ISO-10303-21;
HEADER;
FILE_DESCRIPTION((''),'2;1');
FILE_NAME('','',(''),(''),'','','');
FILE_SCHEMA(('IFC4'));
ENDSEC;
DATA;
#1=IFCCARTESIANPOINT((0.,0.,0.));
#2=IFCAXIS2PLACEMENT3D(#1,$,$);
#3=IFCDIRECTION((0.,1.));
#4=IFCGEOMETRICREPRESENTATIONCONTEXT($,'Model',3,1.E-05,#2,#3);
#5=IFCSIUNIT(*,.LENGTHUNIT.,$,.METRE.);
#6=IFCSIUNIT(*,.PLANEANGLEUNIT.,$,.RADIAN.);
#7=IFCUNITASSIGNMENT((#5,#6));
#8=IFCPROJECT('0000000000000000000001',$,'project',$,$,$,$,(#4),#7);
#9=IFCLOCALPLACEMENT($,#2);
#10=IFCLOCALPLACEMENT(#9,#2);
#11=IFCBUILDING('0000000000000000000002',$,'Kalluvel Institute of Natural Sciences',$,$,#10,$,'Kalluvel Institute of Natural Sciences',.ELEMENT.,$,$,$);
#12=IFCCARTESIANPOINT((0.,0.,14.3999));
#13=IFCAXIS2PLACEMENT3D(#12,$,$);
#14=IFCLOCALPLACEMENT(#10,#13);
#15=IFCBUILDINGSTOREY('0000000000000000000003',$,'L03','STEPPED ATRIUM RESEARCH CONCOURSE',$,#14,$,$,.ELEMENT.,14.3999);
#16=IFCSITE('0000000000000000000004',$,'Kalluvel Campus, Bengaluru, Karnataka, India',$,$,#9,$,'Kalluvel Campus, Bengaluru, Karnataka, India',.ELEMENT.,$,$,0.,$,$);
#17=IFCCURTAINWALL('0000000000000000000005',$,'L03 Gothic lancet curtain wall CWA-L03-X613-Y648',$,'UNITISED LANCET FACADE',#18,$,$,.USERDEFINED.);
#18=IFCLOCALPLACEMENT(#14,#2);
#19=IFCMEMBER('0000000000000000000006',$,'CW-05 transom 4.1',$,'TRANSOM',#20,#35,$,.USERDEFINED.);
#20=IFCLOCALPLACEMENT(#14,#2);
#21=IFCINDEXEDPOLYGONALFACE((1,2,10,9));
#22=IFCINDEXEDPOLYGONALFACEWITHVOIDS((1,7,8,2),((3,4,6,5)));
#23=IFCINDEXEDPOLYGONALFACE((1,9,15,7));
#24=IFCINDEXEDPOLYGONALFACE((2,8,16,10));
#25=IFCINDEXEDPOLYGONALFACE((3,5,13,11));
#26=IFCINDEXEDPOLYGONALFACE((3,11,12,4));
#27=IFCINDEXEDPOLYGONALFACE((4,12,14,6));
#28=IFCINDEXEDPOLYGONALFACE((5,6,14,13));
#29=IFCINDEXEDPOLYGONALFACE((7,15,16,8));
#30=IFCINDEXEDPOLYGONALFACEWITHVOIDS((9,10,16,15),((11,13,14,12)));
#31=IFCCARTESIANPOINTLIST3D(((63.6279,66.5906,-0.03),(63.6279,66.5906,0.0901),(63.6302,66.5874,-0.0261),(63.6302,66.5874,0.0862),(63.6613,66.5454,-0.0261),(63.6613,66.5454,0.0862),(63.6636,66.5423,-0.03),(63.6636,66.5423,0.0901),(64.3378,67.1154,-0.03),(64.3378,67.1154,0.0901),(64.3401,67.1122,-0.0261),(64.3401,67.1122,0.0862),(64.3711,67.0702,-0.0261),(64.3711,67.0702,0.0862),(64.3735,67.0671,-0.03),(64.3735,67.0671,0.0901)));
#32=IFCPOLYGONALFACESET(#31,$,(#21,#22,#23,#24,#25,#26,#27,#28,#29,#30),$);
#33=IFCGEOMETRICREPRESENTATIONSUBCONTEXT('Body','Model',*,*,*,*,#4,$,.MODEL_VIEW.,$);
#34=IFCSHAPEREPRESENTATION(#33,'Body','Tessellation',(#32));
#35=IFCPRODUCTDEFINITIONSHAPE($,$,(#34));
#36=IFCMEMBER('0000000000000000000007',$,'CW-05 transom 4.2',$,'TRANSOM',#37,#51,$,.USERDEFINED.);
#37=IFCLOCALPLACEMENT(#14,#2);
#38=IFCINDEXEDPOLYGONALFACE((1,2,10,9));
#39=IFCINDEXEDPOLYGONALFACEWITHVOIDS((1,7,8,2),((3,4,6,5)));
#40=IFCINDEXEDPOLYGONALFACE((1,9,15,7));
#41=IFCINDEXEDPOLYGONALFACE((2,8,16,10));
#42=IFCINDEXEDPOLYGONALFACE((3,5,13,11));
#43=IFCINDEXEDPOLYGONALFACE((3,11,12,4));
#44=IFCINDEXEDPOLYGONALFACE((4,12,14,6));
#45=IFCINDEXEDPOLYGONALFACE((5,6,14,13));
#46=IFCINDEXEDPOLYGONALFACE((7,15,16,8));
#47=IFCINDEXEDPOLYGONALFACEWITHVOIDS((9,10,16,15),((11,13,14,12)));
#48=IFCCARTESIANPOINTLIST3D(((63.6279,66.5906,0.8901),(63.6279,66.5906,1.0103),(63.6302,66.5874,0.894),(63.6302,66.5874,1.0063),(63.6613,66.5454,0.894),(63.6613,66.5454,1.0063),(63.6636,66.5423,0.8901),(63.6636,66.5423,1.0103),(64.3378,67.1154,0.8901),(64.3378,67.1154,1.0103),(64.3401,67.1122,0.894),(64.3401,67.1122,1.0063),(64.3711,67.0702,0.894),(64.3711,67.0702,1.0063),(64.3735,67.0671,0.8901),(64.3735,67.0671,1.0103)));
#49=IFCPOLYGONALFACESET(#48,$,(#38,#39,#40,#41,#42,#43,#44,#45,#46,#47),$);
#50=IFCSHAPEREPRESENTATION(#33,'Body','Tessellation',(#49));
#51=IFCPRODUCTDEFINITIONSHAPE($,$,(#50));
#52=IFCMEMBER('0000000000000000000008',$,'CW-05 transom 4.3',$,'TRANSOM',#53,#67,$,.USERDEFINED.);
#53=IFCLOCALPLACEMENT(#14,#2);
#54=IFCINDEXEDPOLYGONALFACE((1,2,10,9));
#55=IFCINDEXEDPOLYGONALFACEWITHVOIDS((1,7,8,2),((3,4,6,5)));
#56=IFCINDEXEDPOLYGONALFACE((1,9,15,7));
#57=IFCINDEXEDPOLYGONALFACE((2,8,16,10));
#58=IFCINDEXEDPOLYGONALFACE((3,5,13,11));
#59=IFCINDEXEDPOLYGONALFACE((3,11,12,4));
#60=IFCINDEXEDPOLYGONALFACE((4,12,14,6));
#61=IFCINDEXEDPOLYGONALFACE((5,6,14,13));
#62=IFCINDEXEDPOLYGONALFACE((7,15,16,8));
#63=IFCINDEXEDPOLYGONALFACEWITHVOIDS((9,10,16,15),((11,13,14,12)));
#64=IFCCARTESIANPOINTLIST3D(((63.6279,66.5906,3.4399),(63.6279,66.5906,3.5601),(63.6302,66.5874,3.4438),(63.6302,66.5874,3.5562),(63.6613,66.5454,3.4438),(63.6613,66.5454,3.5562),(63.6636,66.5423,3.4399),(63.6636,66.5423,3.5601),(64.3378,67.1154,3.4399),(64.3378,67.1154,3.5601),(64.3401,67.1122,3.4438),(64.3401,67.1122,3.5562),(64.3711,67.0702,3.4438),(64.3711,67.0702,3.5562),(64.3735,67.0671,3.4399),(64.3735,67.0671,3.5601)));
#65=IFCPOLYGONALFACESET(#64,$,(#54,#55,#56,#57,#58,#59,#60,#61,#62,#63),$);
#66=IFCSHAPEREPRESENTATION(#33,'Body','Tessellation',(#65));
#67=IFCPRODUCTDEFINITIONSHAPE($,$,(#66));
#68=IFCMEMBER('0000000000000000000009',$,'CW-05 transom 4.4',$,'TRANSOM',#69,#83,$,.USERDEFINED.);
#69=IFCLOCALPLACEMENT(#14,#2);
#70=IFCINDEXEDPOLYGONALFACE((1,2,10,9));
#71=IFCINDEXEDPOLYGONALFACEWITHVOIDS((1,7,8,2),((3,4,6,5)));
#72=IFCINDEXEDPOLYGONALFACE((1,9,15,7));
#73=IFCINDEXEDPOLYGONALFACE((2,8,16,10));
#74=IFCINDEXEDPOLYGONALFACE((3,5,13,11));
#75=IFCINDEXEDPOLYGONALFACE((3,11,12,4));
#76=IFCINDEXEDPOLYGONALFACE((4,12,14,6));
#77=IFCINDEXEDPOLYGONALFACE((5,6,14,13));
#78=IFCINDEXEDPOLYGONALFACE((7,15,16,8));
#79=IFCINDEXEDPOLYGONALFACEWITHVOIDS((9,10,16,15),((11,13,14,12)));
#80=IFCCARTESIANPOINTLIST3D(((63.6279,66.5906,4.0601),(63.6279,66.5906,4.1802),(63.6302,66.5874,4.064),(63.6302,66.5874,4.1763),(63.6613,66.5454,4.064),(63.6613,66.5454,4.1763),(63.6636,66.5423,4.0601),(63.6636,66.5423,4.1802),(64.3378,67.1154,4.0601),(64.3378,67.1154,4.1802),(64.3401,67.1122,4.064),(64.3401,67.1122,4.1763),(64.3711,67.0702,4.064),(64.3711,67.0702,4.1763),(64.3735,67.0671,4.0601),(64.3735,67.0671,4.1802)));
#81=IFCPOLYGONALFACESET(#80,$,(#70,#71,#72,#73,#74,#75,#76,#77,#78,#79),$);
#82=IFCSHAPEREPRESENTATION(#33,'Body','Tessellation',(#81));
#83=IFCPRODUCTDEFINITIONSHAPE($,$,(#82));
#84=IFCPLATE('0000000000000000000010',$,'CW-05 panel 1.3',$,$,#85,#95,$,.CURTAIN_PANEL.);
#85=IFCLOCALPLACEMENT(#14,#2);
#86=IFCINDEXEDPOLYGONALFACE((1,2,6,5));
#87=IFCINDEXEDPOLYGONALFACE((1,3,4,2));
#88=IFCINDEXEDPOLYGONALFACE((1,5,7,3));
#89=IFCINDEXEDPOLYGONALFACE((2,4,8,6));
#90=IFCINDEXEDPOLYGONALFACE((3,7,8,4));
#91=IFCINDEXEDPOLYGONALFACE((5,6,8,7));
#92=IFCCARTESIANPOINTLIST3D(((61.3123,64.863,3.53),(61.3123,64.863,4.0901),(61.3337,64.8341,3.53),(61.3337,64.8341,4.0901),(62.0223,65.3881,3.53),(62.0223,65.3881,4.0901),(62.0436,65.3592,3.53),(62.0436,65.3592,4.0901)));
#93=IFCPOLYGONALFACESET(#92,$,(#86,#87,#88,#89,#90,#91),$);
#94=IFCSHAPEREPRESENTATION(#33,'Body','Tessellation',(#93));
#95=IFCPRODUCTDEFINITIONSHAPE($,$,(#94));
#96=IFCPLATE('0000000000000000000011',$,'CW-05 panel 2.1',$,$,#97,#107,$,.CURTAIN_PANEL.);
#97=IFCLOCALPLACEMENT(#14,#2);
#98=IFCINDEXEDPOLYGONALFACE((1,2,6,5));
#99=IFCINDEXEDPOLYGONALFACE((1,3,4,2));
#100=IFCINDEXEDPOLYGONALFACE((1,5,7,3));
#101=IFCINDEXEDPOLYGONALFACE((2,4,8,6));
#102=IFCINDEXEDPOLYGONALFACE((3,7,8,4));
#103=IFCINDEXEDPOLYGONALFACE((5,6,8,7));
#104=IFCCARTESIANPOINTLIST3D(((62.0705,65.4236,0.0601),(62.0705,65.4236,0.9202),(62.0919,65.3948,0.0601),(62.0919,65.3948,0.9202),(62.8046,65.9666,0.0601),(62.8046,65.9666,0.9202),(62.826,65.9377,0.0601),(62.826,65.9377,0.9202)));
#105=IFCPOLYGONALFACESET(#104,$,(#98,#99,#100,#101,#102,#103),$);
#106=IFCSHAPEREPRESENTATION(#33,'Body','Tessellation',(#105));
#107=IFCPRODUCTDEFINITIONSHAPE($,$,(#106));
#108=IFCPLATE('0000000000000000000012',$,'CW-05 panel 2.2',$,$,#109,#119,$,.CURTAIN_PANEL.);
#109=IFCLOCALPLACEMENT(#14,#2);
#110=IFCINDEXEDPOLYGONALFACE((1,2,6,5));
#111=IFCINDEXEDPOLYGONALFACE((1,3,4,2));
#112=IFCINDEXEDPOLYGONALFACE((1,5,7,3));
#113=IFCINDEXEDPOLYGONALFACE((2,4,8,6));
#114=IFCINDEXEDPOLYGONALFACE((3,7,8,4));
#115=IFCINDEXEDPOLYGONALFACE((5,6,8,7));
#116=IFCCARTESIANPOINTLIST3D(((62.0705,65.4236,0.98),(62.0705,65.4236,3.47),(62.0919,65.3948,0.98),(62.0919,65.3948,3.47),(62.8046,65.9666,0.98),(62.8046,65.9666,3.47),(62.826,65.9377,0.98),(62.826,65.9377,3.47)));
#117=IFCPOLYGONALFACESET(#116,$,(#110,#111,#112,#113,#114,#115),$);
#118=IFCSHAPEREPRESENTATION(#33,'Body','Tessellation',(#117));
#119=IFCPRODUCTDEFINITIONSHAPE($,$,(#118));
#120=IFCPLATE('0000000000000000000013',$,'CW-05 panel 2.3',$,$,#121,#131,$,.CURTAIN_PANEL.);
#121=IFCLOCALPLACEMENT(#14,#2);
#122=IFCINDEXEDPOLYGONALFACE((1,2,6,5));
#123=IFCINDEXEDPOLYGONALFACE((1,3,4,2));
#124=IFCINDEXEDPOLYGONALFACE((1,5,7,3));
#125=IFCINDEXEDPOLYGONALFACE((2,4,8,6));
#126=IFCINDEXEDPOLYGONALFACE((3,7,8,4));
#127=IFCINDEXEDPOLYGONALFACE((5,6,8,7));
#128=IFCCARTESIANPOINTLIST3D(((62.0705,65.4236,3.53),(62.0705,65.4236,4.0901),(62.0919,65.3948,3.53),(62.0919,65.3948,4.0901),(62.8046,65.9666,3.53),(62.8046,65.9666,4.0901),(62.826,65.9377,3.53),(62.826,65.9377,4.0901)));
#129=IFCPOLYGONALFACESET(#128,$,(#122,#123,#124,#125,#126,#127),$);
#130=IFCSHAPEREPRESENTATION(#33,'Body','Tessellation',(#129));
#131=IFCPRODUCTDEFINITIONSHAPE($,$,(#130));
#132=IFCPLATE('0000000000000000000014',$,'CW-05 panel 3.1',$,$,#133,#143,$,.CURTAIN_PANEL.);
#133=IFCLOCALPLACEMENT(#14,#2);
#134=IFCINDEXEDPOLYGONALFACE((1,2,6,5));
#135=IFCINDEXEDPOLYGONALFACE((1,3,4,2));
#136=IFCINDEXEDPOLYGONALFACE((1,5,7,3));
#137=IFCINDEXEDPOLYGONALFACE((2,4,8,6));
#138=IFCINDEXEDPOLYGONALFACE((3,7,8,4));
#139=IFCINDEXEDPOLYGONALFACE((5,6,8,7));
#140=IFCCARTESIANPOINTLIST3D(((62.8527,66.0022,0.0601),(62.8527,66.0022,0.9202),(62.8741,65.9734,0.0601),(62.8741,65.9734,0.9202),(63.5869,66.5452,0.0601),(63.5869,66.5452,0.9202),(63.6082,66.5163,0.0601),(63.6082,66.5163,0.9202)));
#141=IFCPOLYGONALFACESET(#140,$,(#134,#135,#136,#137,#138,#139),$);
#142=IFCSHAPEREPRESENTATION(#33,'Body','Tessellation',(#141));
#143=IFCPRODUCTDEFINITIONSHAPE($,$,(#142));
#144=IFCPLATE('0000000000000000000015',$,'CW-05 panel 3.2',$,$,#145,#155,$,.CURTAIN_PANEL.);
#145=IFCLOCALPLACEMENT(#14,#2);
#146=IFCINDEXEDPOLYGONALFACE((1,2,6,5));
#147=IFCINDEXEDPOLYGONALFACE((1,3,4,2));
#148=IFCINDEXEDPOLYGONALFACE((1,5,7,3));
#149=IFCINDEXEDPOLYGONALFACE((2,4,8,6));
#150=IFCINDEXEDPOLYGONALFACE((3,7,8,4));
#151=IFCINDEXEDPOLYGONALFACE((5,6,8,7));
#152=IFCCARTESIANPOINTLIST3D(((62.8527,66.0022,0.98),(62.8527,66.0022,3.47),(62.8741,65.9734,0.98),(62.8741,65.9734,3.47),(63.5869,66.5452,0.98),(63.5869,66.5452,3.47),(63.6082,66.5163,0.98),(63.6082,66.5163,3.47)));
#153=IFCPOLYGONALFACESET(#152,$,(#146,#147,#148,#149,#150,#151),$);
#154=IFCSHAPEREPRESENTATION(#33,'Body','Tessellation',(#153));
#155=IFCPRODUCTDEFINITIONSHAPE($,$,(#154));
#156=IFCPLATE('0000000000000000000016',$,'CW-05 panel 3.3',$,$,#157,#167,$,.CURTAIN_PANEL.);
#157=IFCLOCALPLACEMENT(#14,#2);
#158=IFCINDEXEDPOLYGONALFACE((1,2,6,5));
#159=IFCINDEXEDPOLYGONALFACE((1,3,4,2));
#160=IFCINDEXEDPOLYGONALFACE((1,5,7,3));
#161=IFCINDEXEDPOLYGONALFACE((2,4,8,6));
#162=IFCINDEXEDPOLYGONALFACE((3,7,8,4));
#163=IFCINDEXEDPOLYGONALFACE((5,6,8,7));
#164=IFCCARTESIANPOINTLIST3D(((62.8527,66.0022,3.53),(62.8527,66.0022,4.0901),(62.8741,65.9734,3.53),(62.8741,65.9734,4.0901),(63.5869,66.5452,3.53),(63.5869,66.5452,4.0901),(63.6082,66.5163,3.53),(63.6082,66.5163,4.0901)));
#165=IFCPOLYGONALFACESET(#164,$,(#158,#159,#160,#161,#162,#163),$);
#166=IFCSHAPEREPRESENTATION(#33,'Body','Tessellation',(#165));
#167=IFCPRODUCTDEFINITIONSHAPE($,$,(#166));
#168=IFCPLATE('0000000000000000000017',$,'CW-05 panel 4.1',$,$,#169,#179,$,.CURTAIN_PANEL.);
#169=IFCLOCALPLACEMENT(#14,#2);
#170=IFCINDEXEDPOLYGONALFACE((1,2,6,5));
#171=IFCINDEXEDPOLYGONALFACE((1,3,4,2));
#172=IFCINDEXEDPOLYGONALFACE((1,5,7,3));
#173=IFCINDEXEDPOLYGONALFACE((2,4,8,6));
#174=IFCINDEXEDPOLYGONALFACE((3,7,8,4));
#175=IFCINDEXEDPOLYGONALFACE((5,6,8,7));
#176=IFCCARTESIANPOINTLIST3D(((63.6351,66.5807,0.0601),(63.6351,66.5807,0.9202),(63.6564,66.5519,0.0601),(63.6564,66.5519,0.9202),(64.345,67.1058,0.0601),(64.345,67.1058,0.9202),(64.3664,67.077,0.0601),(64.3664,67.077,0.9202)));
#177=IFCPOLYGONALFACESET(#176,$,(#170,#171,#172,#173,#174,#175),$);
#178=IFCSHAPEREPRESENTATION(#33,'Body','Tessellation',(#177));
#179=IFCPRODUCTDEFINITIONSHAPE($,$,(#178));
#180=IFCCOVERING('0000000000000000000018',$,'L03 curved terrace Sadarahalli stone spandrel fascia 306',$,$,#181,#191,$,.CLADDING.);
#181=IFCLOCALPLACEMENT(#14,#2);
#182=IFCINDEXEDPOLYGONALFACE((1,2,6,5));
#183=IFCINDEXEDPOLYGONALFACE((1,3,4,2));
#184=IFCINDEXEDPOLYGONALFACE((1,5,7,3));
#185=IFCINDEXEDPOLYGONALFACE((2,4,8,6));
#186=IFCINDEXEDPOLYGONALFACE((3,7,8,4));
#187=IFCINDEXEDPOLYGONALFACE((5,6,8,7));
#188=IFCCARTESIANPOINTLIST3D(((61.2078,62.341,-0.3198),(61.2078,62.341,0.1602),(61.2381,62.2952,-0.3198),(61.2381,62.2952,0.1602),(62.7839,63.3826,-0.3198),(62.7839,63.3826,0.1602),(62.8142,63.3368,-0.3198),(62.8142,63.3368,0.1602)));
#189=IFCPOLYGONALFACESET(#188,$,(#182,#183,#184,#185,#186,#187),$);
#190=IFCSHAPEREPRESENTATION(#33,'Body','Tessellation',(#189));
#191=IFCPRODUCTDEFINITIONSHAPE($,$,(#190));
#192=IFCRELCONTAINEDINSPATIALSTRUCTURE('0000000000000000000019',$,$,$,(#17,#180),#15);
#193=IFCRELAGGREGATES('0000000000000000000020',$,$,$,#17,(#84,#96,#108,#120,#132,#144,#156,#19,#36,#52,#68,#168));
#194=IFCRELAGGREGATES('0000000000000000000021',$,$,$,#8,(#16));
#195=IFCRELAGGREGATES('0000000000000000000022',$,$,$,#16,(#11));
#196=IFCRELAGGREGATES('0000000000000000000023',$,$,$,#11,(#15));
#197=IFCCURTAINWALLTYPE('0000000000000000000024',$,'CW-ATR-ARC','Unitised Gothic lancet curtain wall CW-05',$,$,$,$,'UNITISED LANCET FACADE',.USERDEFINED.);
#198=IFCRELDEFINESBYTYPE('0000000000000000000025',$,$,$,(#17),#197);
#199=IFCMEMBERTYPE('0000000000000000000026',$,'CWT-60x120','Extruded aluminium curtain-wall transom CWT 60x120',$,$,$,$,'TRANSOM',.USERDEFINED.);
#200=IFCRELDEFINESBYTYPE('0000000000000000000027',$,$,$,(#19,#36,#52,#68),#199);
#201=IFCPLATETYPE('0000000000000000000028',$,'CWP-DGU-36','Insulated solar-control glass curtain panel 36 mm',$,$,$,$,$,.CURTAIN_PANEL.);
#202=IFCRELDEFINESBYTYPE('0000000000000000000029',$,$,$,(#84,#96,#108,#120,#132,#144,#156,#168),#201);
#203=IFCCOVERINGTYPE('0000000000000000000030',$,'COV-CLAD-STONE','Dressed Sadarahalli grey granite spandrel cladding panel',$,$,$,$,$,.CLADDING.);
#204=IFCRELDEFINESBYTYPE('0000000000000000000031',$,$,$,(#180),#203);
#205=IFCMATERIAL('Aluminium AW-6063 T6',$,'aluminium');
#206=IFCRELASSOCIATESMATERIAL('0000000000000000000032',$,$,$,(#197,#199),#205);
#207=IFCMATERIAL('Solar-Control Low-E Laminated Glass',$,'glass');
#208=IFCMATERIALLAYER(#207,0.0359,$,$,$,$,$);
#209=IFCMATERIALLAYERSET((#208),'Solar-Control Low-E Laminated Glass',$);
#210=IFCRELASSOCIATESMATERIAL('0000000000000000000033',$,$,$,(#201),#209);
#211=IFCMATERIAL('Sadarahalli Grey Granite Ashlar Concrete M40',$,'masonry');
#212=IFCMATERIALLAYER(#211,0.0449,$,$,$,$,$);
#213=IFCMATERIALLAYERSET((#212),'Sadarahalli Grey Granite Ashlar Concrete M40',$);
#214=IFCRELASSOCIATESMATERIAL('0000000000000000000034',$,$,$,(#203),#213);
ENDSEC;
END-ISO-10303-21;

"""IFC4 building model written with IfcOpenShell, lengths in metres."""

from ifc_helpers import new_model, si_unit, direction, frame, origin, origin_2d, place, context, subcontext, project, spatial, rectangle, hollow_rectangle, extrude, material, layer, layer_set, material_profile, profile_set, type_object, element, aggregate, save


model = new_model("IFC4")

# Units and contexts
model_context = context("Model", 3, precision=1e-05, world=origin(), true_north=direction((0.0, 1.0)))
body_context = subcontext(model_context, "Body", "Model", "MODEL_VIEW")
ifc_project = project(units=[si_unit("LENGTHUNIT", "METRE"), si_unit("PLANEANGLEUNIT", "RADIAN")], contexts=[model_context])

# Site, building, storey
site_placement = place(None, origin())
site = spatial("IfcSite", under=ifc_project, at=site_placement, Name="Kalluvel Campus, Bengaluru, Karnataka, India", LongName="Kalluvel Campus, Bengaluru, Karnataka, India", CompositionType="ELEMENT", RefElevation=0.0)
building_placement = place(site_placement, origin())
building = spatial("IfcBuilding", under=site, at=building_placement, Name="Kalluvel Institute of Natural Sciences", LongName="Kalluvel Institute of Natural Sciences", CompositionType="ELEMENT")
storey_placement = place(building_placement, frame((0.0, 0.0, 14.3999)))
storey = spatial("IfcBuildingStorey", under=building, at=storey_placement, Name="L03", Description="STEPPED ATRIUM RESEARCH CONCOURSE", CompositionType="ELEMENT", Elevation=14.3999)

# Curtain wall, members, plates
ifc_material_1 = material(Name="Aluminium AW-6063 T6", Category="aluminium")
curtain_wall_type = type_object("IfcCurtainWallType", Name="CW-ATR-ARC", Description="Unitised Gothic lancet curtain wall CW-05", ElementType="UNITISED LANCET FACADE", PredefinedType="USERDEFINED", material=ifc_material_1)
curtain_wall_placement = place(storey_placement, origin())
curtain_wall = element("IfcCurtainWall", 1, at=curtain_wall_placement, inside=storey, type_object=curtain_wall_type, Name="L03 Gothic lancet curtain wall CWA-L03-X613-Y648", ObjectType="UNITISED LANCET FACADE", PredefinedType="USERDEFINED")
ifc_material_profile_1 = material_profile(ifc_material_1, hollow_rectangle(XDim=0.0601, YDim=0.1201, WallThickness=0.0039, at=origin_2d()), Name="CWT 60x120")
ifc_profile_set_1 = profile_set([ifc_material_profile_1], Name="Aluminium AW-6063 T6")
member_type_1 = type_object("IfcMemberType", Name="CWT-60x120", Description="Extruded aluminium curtain-wall transom CWT 60x120", ElementType="TRANSOM", PredefinedType="USERDEFINED", material=ifc_profile_set_1)
member_1_placement = place(storey_placement, frame((63.6458, 66.5664, 0.03), z_axis=(0.804096, 0.5945, 0.0), x_axis=(-0.5945, 0.804096, 0.0)))
member_1 = element("IfcMember", 2, at=member_1_placement, type_object=member_type_1, Name="CW-05 transom 4.1", ObjectType="TRANSOM", PredefinedType="USERDEFINED", context=body_context, shape_type="SweptSolid", body=[
    extrude(hollow_rectangle(XDim=0.0601, YDim=0.1201, WallThickness=0.0039, at=origin_2d()), origin(), (0.0, 0.0, 1.0), 0.8828),
])
member_2_placement = place(storey_placement, frame((63.6458, 66.5664, 0.9502), z_axis=(0.804096, 0.5945, 0.0), x_axis=(-0.5945, 0.804096, 0.0)))
member_2 = element("IfcMember", 3, at=member_2_placement, type_object=member_type_1, Name="CW-05 transom 4.2", ObjectType="TRANSOM", PredefinedType="USERDEFINED", context=body_context, shape_type="SweptSolid", body=[
    extrude(hollow_rectangle(XDim=0.0601, YDim=0.1201, WallThickness=0.0039, at=origin_2d()), origin(), (0.0, 0.0, 1.0), 0.8828),
])
member_3_placement = place(storey_placement, frame((63.6458, 66.5664, 3.5), z_axis=(0.804096, 0.5945, 0.0), x_axis=(-0.5945, 0.804096, 0.0)))
member_3 = element("IfcMember", 4, at=member_3_placement, type_object=member_type_1, Name="CW-05 transom 4.3", ObjectType="TRANSOM", PredefinedType="USERDEFINED", context=body_context, shape_type="SweptSolid", body=[
    extrude(hollow_rectangle(XDim=0.0601, YDim=0.1201, WallThickness=0.0039, at=origin_2d()), origin(), (0.0, 0.0, 1.0), 0.8828),
])
member_4_placement = place(storey_placement, frame((63.6458, 66.5664, 4.1201), z_axis=(0.804096, 0.5945, 0.0), x_axis=(-0.5945, 0.804096, 0.0)))
member_4 = element("IfcMember", 5, at=member_4_placement, type_object=member_type_1, Name="CW-05 transom 4.4", ObjectType="TRANSOM", PredefinedType="USERDEFINED", context=body_context, shape_type="SweptSolid", body=[
    extrude(hollow_rectangle(XDim=0.0601, YDim=0.1201, WallThickness=0.0039, at=origin_2d()), origin(), (0.0, 0.0, 1.0), 0.8828),
])
ifc_material_2 = material(Name="Solar-Control Low-E Laminated Glass", Category="glass")
ifc_layer_1 = layer(ifc_material_2, 0.0359)
ifc_layer_set_1 = layer_set([ifc_layer_1], Name="Solar-Control Low-E Laminated Glass")
plate_type = type_object("IfcPlateType", Name="CWP-DGU-36", Description="Insulated solar-control glass curtain panel 36 mm", PredefinedType="CURTAIN_PANEL", material=ifc_layer_set_1)
plate_1_placement = place(storey_placement, frame((61.678, 65.1111, 3.53), z_axis=(0.0, 0.0, 1.0), x_axis=(0.803993, 0.594638, 0.0)))
plate_1 = element("IfcPlate", 6, at=plate_1_placement, type_object=plate_type, Name="CW-05 panel 1.3", PredefinedType="CURTAIN_PANEL", context=body_context, shape_type="SweptSolid", body=[
    extrude(rectangle(XDim=0.8831, YDim=0.0359, at=origin_2d()), origin(), (0.0, 0.0, 1.0), 0.5601),
])
plate_2_placement = place(storey_placement, frame((62.4482, 65.6807, 0.0601), z_axis=(0.0, 0.0, 1.0), x_axis=(0.803993, 0.594638, 0.0)))
plate_2 = element("IfcPlate", 7, at=plate_2_placement, type_object=plate_type, Name="CW-05 panel 2.1", PredefinedType="CURTAIN_PANEL", context=body_context, shape_type="SweptSolid", body=[
    extrude(rectangle(XDim=0.9131, YDim=0.0359, at=origin_2d()), origin(), (0.0, 0.0, 1.0), 0.8601),
])
plate_3_placement = place(storey_placement, frame((62.4482, 65.6807, 0.98), z_axis=(0.0, 0.0, 1.0), x_axis=(0.803993, 0.594638, 0.0)))
plate_3 = element("IfcPlate", 8, at=plate_3_placement, type_object=plate_type, Name="CW-05 panel 2.2", PredefinedType="CURTAIN_PANEL", context=body_context, shape_type="SweptSolid", body=[
    extrude(rectangle(XDim=0.9131, YDim=0.0359, at=origin_2d()), origin(), (0.0, 0.0, 1.0), 2.49),
])
plate_4_placement = place(storey_placement, frame((62.4482, 65.6807, 3.53), z_axis=(0.0, 0.0, 1.0), x_axis=(0.803993, 0.594638, 0.0)))
plate_4 = element("IfcPlate", 9, at=plate_4_placement, type_object=plate_type, Name="CW-05 panel 2.3", PredefinedType="CURTAIN_PANEL", context=body_context, shape_type="SweptSolid", body=[
    extrude(rectangle(XDim=0.9131, YDim=0.0359, at=origin_2d()), origin(), (0.0, 0.0, 1.0), 0.5601),
])
plate_5_placement = place(storey_placement, frame((63.2305, 66.2593, 0.0601), z_axis=(0.0, 0.0, 1.0), x_axis=(0.803993, 0.594638, 0.0)))
plate_5 = element("IfcPlate", 10, at=plate_5_placement, type_object=plate_type, Name="CW-05 panel 3.1", PredefinedType="CURTAIN_PANEL", context=body_context, shape_type="SweptSolid", body=[
    extrude(rectangle(XDim=0.9131, YDim=0.0359, at=origin_2d()), origin(), (0.0, 0.0, 1.0), 0.8601),
])
plate_6_placement = place(storey_placement, frame((63.2305, 66.2593, 0.98), z_axis=(0.0, 0.0, 1.0), x_axis=(0.803993, 0.594638, 0.0)))
plate_6 = element("IfcPlate", 11, at=plate_6_placement, type_object=plate_type, Name="CW-05 panel 3.2", PredefinedType="CURTAIN_PANEL", context=body_context, shape_type="SweptSolid", body=[
    extrude(rectangle(XDim=0.9131, YDim=0.0359, at=origin_2d()), origin(), (0.0, 0.0, 1.0), 2.49),
])
plate_7_placement = place(storey_placement, frame((63.2305, 66.2593, 3.53), z_axis=(0.0, 0.0, 1.0), x_axis=(0.803993, 0.594638, 0.0)))
plate_7 = element("IfcPlate", 12, at=plate_7_placement, type_object=plate_type, Name="CW-05 panel 3.3", PredefinedType="CURTAIN_PANEL", context=body_context, shape_type="SweptSolid", body=[
    extrude(rectangle(XDim=0.9131, YDim=0.0359, at=origin_2d()), origin(), (0.0, 0.0, 1.0), 0.5601),
])
plate_8_placement = place(storey_placement, frame((64.0007, 66.8289, 0.0601), z_axis=(0.0, 0.0, 1.0), x_axis=(0.803993, 0.594638, 0.0)))
plate_8 = element("IfcPlate", 13, at=plate_8_placement, type_object=plate_type, Name="CW-05 panel 4.1", PredefinedType="CURTAIN_PANEL", context=body_context, shape_type="SweptSolid", body=[
    extrude(rectangle(XDim=0.8831, YDim=0.0359, at=origin_2d()), origin(), (0.0, 0.0, 1.0), 0.8601),
])
aggregate(curtain_wall, [plate_1, plate_2, plate_3, plate_4, plate_5, plate_6, plate_7, member_1, member_2, member_3, member_4, plate_8])

# Covering
ifc_material_3 = material(Name="Sadarahalli Grey Granite Ashlar Concrete M40", Category="masonry")
ifc_layer_2 = layer(ifc_material_3, 0.0449)
ifc_layer_set_2 = layer_set([ifc_layer_2], Name="Sadarahalli Grey Granite Ashlar Concrete M40")
covering_type = type_object("IfcCoveringType", Name="COV-CLAD-STONE", Description="Dressed Sadarahalli grey granite spandrel cladding panel", PredefinedType="CLADDING", material=ifc_layer_set_2)
for number, where, z_axis, x_axis, name in (
    (14, (62.011, 62.8389, -0.3198), (0.0, 0.0, 1.0), (0.834271, 0.551355, 0.0), "L03 curved terrace Sadarahalli stone spandrel fascia 306"),
):
    element("IfcCovering", number, at=place(storey_placement, frame(where, z_axis=z_axis, x_axis=x_axis)), inside=storey, type_object=covering_type, Name=name, PredefinedType="CLADDING", context=body_context, shape_type="SweptSolid", body=[
        extrude(rectangle(XDim=1.8892, YDim=0.0549, at=origin_2d()), origin(), (0.0, 0.0, 1.0), 0.48),
    ])

save(model, "model.ifc")
